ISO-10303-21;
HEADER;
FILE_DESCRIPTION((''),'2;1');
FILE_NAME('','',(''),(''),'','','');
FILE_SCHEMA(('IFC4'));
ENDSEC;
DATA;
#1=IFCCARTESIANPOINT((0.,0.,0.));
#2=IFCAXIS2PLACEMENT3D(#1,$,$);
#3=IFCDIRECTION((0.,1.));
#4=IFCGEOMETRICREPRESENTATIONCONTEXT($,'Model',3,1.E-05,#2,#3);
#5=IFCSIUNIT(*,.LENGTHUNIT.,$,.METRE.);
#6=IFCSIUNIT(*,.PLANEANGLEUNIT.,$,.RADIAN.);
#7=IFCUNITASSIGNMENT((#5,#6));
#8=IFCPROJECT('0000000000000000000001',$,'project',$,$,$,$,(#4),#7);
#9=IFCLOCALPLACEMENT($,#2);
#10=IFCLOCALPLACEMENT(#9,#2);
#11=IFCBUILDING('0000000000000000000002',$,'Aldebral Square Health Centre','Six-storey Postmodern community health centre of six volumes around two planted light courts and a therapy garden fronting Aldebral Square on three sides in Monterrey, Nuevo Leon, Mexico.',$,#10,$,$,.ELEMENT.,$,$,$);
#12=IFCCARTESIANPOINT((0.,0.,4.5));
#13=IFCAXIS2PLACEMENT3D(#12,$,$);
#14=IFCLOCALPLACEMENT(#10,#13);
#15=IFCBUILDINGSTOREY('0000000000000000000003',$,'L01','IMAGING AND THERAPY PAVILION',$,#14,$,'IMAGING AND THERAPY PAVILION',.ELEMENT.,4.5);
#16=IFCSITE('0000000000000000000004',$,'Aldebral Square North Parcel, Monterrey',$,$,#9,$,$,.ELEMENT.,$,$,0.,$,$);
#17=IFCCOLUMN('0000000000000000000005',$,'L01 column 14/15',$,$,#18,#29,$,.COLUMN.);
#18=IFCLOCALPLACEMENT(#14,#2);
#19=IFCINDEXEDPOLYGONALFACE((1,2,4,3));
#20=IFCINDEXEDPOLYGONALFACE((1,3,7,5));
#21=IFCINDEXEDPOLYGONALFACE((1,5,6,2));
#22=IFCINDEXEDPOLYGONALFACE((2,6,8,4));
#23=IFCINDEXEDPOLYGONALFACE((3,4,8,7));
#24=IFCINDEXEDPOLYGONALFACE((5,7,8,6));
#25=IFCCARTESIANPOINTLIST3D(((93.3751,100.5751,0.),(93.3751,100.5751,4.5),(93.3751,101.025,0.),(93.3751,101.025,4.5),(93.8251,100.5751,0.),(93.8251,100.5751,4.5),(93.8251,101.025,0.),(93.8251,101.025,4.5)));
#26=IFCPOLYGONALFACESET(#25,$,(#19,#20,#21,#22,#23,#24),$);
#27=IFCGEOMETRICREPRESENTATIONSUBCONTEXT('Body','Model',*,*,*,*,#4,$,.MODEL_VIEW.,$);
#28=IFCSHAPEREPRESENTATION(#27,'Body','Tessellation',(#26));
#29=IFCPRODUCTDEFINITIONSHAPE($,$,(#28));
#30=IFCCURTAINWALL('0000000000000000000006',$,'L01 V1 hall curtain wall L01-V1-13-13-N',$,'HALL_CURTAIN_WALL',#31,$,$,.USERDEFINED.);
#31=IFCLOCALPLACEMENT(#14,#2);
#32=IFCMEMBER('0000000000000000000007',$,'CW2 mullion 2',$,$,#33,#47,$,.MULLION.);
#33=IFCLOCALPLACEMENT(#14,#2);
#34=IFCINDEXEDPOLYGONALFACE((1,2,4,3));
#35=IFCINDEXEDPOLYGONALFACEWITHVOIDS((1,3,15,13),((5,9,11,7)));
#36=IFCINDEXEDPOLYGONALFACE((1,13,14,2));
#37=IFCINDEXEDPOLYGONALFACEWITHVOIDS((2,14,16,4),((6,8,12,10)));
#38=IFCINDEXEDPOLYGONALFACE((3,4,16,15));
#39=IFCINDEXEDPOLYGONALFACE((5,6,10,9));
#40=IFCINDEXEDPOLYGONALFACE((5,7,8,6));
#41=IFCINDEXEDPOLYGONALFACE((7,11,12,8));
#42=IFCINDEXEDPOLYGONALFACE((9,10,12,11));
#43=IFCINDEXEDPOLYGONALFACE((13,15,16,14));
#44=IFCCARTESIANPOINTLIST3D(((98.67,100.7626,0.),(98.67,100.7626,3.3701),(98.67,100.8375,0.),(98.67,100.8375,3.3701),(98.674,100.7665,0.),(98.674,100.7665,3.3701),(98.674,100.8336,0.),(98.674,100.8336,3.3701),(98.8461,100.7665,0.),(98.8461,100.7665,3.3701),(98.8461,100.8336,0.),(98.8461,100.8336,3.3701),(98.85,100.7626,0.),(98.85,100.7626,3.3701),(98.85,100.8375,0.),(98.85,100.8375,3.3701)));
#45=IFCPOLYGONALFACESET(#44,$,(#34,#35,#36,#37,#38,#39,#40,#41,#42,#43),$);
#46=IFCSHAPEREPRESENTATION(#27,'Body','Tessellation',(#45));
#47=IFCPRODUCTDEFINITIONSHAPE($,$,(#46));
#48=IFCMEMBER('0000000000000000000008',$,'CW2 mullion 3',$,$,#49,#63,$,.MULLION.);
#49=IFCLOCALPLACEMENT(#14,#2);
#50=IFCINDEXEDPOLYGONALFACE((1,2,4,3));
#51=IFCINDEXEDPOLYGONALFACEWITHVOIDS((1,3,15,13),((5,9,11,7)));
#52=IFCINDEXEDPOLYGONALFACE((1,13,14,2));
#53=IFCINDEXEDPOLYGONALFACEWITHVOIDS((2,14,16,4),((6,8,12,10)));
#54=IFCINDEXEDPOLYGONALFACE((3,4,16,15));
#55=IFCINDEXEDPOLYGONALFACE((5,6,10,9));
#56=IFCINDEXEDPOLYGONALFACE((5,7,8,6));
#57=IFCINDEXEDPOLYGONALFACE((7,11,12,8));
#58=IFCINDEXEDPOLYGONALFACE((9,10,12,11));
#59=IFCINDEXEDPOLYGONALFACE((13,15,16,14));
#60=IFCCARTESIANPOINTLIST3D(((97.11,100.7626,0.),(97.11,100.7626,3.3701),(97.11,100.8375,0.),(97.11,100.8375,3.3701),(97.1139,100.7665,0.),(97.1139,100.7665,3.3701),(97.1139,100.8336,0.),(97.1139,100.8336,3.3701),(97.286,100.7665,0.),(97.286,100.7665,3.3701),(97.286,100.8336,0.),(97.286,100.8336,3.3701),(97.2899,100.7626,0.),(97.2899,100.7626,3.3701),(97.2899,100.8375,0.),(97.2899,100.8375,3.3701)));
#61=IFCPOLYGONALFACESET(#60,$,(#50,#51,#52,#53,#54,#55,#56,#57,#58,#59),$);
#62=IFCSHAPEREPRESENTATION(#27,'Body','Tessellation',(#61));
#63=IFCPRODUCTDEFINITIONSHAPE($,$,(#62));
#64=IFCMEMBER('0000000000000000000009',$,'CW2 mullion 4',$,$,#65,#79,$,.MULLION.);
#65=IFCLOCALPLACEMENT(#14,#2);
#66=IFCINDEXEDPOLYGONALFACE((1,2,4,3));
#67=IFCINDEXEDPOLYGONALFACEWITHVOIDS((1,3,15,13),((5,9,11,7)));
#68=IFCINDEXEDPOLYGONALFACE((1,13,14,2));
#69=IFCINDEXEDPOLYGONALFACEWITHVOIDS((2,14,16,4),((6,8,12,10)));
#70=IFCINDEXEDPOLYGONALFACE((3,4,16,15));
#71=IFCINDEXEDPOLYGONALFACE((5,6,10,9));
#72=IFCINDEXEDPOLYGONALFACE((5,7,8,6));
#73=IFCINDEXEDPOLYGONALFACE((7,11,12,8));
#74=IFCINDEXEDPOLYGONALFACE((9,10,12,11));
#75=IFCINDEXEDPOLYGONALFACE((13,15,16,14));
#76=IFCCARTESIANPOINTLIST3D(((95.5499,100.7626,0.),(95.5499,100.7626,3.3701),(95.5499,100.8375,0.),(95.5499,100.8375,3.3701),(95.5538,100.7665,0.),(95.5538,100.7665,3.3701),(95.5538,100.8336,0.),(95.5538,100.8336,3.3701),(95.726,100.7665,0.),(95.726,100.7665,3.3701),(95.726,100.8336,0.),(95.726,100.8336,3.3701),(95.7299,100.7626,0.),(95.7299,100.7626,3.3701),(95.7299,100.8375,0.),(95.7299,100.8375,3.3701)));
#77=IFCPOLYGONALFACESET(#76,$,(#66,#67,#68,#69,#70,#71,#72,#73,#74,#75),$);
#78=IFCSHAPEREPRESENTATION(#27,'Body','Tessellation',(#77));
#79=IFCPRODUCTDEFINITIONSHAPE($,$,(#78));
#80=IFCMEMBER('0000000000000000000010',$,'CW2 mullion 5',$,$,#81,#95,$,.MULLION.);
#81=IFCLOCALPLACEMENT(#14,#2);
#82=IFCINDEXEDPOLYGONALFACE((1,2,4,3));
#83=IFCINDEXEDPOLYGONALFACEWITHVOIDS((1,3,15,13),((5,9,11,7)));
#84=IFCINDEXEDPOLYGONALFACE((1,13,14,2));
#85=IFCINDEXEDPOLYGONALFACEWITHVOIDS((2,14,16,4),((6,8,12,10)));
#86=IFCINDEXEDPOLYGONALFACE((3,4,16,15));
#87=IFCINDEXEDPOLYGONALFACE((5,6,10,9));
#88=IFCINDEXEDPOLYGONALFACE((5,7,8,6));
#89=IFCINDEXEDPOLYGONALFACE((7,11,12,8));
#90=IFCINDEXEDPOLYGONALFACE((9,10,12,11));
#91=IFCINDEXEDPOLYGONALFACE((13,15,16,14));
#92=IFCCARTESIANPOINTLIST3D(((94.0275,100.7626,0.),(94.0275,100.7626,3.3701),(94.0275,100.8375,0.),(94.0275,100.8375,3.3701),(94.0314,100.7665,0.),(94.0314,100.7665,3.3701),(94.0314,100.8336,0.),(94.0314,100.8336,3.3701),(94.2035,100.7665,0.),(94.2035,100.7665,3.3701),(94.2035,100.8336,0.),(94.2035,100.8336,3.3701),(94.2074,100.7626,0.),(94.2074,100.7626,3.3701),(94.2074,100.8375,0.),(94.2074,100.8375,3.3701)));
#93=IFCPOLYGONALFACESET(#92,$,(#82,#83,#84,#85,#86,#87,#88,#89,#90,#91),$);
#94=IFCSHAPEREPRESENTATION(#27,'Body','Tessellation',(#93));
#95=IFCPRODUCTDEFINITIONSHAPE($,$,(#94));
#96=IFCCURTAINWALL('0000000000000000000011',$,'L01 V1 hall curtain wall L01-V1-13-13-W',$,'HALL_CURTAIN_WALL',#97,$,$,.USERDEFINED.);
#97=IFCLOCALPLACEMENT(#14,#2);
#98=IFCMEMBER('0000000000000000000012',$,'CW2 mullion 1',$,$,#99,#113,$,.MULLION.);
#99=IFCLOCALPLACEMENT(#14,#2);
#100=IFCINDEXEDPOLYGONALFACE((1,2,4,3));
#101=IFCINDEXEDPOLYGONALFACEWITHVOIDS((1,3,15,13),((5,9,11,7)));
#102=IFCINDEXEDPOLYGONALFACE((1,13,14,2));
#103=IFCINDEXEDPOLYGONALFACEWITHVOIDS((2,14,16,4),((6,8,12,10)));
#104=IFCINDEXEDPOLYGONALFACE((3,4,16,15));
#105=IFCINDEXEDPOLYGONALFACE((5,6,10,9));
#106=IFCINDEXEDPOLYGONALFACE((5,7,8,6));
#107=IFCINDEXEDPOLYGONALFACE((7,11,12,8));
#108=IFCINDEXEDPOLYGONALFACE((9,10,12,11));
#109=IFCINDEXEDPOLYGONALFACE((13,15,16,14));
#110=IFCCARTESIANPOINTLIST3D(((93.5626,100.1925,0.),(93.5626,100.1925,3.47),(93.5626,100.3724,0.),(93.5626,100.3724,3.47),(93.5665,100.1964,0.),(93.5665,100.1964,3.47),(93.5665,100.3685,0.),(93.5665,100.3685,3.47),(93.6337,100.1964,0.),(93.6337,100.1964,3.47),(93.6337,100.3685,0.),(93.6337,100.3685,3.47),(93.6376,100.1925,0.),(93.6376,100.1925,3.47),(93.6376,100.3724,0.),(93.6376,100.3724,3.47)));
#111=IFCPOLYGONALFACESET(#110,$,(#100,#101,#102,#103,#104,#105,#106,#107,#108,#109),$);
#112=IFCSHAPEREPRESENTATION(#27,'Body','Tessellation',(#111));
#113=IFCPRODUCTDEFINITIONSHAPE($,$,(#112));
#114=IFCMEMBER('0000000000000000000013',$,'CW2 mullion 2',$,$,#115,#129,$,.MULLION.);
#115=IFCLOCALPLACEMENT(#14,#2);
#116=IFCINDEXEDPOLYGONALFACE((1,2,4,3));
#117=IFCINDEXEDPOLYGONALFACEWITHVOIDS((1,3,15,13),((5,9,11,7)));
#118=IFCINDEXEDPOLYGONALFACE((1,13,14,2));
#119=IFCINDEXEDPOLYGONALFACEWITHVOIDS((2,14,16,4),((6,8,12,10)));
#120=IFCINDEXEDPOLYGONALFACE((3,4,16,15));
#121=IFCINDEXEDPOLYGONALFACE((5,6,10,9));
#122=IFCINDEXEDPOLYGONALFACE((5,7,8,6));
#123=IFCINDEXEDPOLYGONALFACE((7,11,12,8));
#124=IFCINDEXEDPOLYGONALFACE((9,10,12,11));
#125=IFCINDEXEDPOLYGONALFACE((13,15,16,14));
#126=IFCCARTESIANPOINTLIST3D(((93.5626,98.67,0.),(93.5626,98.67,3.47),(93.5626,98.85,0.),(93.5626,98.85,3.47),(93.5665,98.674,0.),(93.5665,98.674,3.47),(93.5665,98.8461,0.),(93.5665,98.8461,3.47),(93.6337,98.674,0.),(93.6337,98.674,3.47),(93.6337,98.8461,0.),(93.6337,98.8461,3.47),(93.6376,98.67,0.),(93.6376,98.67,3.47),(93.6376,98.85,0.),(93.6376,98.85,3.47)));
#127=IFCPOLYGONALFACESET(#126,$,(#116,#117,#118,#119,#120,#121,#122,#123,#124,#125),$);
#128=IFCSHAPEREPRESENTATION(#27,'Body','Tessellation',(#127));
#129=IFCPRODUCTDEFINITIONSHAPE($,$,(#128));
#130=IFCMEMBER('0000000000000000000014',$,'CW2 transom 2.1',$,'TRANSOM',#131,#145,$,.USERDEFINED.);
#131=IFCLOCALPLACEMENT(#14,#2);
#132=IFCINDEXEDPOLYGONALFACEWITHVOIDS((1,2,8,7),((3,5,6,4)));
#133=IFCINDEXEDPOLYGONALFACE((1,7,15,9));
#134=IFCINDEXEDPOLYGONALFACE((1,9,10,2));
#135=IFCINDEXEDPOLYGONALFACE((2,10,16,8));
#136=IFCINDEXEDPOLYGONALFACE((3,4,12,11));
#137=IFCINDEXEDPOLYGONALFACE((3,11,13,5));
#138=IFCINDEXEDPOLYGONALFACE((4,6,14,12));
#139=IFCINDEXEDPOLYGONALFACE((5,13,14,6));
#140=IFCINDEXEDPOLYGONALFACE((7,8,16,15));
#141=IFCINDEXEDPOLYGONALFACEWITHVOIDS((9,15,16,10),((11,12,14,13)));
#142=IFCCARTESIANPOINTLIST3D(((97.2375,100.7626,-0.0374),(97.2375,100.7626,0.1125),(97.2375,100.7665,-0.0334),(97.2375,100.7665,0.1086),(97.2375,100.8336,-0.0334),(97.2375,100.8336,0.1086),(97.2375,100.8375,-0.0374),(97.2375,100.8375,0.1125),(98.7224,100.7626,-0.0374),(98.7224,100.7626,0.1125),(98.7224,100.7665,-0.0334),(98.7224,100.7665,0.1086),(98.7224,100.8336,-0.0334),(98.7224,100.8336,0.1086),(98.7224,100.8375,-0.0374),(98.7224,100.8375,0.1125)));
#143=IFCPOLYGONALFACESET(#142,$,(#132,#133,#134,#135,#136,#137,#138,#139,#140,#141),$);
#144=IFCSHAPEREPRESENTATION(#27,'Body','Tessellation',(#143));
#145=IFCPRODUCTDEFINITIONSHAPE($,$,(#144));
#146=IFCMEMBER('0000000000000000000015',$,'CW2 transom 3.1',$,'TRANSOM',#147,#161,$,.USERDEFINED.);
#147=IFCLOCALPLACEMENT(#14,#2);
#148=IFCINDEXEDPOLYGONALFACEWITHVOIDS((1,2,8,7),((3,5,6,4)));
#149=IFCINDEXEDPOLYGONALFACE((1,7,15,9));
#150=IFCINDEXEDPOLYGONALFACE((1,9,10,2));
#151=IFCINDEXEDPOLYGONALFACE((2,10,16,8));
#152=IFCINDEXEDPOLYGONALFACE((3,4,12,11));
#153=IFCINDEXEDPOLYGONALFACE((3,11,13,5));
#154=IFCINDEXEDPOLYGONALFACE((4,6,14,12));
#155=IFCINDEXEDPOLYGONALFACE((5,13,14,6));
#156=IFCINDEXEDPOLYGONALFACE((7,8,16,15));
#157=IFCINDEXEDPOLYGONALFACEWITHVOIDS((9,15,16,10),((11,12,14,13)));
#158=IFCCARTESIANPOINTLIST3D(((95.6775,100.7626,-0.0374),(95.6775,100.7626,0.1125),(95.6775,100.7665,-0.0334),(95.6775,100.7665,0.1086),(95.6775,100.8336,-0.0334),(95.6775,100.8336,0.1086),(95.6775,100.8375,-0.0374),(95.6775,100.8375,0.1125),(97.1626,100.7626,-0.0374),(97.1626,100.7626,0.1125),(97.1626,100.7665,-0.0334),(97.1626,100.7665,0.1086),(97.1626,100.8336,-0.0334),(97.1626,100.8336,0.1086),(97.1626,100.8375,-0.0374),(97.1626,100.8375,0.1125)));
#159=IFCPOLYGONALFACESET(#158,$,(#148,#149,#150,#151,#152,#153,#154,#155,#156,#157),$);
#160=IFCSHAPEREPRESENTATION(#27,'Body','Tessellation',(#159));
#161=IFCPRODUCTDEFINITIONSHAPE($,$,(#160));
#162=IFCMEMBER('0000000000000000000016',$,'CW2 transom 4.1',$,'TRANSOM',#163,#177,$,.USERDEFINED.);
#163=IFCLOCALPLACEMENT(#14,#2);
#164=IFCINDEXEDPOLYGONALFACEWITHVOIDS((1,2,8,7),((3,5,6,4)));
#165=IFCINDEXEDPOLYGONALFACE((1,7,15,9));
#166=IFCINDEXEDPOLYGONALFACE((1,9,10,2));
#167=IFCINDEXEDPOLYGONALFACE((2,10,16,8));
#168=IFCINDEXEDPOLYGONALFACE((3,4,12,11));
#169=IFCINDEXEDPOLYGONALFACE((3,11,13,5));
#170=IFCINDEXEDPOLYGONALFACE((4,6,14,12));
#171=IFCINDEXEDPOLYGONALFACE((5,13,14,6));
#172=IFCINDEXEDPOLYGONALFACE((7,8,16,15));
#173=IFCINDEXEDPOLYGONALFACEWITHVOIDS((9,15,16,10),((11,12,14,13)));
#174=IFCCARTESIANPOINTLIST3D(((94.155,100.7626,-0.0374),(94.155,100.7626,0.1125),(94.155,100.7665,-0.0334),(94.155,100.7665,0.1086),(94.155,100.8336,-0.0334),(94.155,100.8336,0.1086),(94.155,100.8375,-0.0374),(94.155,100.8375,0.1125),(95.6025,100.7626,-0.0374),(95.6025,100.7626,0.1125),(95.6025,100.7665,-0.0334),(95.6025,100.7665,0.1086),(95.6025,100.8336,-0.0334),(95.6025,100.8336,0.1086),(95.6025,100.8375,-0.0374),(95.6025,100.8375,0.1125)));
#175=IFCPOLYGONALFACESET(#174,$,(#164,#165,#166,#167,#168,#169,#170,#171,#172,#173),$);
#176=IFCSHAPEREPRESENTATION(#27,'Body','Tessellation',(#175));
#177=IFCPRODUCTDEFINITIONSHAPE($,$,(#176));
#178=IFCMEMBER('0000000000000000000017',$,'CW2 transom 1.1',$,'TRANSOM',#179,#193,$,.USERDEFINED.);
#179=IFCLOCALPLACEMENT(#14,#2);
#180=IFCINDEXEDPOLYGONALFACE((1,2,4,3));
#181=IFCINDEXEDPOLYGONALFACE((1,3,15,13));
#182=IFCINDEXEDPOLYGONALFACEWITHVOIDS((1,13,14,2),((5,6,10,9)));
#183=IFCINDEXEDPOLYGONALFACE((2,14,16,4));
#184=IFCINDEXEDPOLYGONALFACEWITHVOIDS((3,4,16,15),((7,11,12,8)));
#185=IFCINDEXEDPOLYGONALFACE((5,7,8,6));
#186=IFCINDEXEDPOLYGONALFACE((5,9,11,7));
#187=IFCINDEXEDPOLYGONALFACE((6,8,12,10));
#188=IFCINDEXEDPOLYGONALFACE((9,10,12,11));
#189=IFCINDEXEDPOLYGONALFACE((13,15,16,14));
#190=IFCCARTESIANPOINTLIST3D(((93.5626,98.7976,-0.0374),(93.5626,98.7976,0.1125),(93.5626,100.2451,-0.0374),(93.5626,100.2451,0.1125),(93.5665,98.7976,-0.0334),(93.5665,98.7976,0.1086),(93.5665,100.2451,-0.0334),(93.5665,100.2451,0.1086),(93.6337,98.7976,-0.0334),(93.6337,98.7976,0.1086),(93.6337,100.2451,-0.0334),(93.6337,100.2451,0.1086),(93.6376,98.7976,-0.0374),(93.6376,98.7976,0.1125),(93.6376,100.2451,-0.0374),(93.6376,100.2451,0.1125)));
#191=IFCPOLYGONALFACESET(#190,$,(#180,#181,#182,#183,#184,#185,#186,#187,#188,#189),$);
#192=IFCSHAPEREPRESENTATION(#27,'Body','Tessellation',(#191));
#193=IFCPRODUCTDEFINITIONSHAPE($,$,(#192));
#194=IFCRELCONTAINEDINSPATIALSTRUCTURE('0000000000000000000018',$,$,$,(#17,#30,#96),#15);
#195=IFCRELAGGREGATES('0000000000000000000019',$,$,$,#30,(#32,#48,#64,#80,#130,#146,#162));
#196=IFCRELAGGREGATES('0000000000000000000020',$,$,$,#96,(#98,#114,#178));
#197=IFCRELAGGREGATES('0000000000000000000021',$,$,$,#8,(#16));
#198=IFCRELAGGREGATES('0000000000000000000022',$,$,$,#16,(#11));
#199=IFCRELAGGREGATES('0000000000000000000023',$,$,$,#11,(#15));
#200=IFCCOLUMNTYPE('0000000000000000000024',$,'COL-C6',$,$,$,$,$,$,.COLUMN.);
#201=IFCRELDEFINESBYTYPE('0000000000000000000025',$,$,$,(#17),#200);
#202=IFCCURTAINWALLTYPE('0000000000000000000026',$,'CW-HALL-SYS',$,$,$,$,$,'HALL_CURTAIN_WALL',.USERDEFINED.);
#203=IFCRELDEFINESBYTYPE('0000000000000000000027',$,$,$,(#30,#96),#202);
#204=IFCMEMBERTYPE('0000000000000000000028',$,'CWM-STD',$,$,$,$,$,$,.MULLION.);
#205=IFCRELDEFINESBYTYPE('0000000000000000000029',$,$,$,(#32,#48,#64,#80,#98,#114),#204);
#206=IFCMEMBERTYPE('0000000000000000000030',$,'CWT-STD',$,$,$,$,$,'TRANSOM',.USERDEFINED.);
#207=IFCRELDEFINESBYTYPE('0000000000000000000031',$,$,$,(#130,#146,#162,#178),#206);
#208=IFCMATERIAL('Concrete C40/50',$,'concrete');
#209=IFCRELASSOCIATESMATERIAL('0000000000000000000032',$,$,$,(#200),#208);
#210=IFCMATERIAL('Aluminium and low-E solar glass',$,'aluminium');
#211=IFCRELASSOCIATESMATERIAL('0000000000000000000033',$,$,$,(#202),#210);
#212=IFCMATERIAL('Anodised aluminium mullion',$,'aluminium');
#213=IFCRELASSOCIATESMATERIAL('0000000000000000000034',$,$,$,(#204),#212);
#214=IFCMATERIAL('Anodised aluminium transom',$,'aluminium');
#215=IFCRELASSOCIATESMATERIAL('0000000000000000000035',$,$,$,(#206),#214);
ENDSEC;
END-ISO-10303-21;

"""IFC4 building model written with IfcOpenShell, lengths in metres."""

from ifc_helpers import new_model, si_unit, direction, frame, origin, origin_2d, place, context, subcontext, project, spatial, rectangle, hollow_rectangle, extrude, material, material_profile, profile_set, type_object, element, aggregate, save


model = new_model("IFC4")

# Units and contexts
model_context = context("Model", 3, precision=1e-05, world=origin(), true_north=direction((0.0, 1.0)))
body_context = subcontext(model_context, "Body", "Model", "MODEL_VIEW")
ifc_project = project(units=[si_unit("LENGTHUNIT", "METRE"), si_unit("PLANEANGLEUNIT", "RADIAN")], contexts=[model_context])

# Site, building, storey
site_placement = place(None, origin())
site = spatial("IfcSite", under=ifc_project, at=site_placement, Name="Aldebral Square North Parcel, Monterrey", CompositionType="ELEMENT", RefElevation=0.0)
building_placement = place(site_placement, origin())
building = spatial("IfcBuilding", under=site, at=building_placement, Name="Aldebral Square Health Centre", Description="Six-storey Postmodern community health centre of six volumes around two planted light courts and a therapy garden fronting Aldebral Square on three sides in Monterrey, Nuevo Leon, Mexico.", CompositionType="ELEMENT")
storey_placement = place(building_placement, frame((0.0, 0.0, 4.5)))
storey = spatial("IfcBuildingStorey", under=building, at=storey_placement, Name="L01", Description="IMAGING AND THERAPY PAVILION", LongName="IMAGING AND THERAPY PAVILION", CompositionType="ELEMENT", Elevation=4.5)

# Column
ifc_material_1 = material(Name="Concrete C40/50", Category="concrete")
ifc_material_profile_1 = material_profile(ifc_material_1, rectangle(XDim=0.45, YDim=0.45, at=origin_2d()), Name="RC 450x450")
ifc_profile_set_1 = profile_set([ifc_material_profile_1], Name="Concrete C40/50")
column_type = type_object("IfcColumnType", Name="COL-C6", PredefinedType="COLUMN", material=ifc_profile_set_1)
column_placement = place(storey_placement, frame((93.6001, 100.8, 0.0), z_axis=(0.0, 0.0, 1.0), x_axis=(1.0, 0.0, 0.0)))
element("IfcColumn", 1, at=column_placement, inside=storey, type_object=column_type, Name="L01 column 14/15", PredefinedType="COLUMN", context=body_context, shape_type="SweptSolid", body=[
    extrude(rectangle(XDim=0.45, YDim=0.45, at=origin_2d()), origin(), (0.0, 0.0, 1.0), 4.5),
])

# Curtain walls, members
ifc_material_2 = material(Name="Aluminium and low-E solar glass", Category="aluminium")
curtain_wall_type = type_object("IfcCurtainWallType", Name="CW-HALL-SYS", ElementType="HALL_CURTAIN_WALL", PredefinedType="USERDEFINED", material=ifc_material_2)
curtain_wall_1_placement = place(storey_placement, origin())
curtain_wall_1 = element("IfcCurtainWall", 2, at=curtain_wall_1_placement, inside=storey, type_object=curtain_wall_type, Name="L01 V1 hall curtain wall L01-V1-13-13-N", ObjectType="HALL_CURTAIN_WALL", PredefinedType="USERDEFINED")
ifc_material_3 = material(Name="Anodised aluminium mullion", Category="aluminium")
ifc_material_profile_2 = material_profile(ifc_material_3, hollow_rectangle(XDim=0.075, YDim=0.1799, WallThickness=0.0039, at=origin_2d()), Name="CWM 75x180x4")
ifc_profile_set_2 = profile_set([ifc_material_profile_2], Name="Anodised aluminium mullion")
member_type_1 = type_object("IfcMemberType", Name="CWM-STD", PredefinedType="MULLION", material=ifc_profile_set_2)
member_1_placement = place(storey_placement, frame((98.76, 100.8, 0.0), z_axis=(0.0, 0.0, 1.0), x_axis=(0.0, -1.0, 0.0)))
member_1 = element("IfcMember", 3, at=member_1_placement, type_object=member_type_1, Name="CW2 mullion 2", PredefinedType="MULLION", context=body_context, shape_type="SweptSolid", body=[
    extrude(hollow_rectangle(XDim=0.075, YDim=0.1799, WallThickness=0.0039, at=origin_2d()), origin(), (0.0, 0.0, 1.0), 3.3701),
])
member_2_placement = place(storey_placement, frame((97.2, 100.8, 0.0), z_axis=(0.0, 0.0, 1.0), x_axis=(0.0, -1.0, 0.0)))
member_2 = element("IfcMember", 4, at=member_2_placement, type_object=member_type_1, Name="CW2 mullion 3", PredefinedType="MULLION", context=body_context, shape_type="SweptSolid", body=[
    extrude(hollow_rectangle(XDim=0.075, YDim=0.1799, WallThickness=0.0039, at=origin_2d()), origin(), (0.0, 0.0, 1.0), 3.3701),
])
member_3_placement = place(storey_placement, frame((95.6399, 100.8, 0.0), z_axis=(0.0, 0.0, 1.0), x_axis=(0.0, -1.0, 0.0)))
member_3 = element("IfcMember", 5, at=member_3_placement, type_object=member_type_1, Name="CW2 mullion 4", PredefinedType="MULLION", context=body_context, shape_type="SweptSolid", body=[
    extrude(hollow_rectangle(XDim=0.075, YDim=0.1799, WallThickness=0.0039, at=origin_2d()), origin(), (0.0, 0.0, 1.0), 3.3701),
])
member_4_placement = place(storey_placement, frame((94.1174, 100.8, 0.0), z_axis=(0.0, 0.0, 1.0), x_axis=(0.0, -1.0, 0.0)))
member_4 = element("IfcMember", 6, at=member_4_placement, type_object=member_type_1, Name="CW2 mullion 5", PredefinedType="MULLION", context=body_context, shape_type="SweptSolid", body=[
    extrude(hollow_rectangle(XDim=0.075, YDim=0.1799, WallThickness=0.0039, at=origin_2d()), origin(), (0.0, 0.0, 1.0), 3.3701),
])
curtain_wall_2_placement = place(storey_placement, origin())
curtain_wall_2 = element("IfcCurtainWall", 7, at=curtain_wall_2_placement, inside=storey, type_object=curtain_wall_type, Name="L01 V1 hall curtain wall L01-V1-13-13-W", ObjectType="HALL_CURTAIN_WALL", PredefinedType="USERDEFINED")
member_5_placement = place(storey_placement, frame((93.6001, 100.2825, 0.0), z_axis=(0.0, 0.0, 1.0), x_axis=(1.0, 0.0, 0.0)))
member_5 = element("IfcMember", 8, at=member_5_placement, type_object=member_type_1, Name="CW2 mullion 1", PredefinedType="MULLION", context=body_context, shape_type="SweptSolid", body=[
    extrude(hollow_rectangle(XDim=0.075, YDim=0.1799, WallThickness=0.0039, at=origin_2d()), origin(), (0.0, 0.0, 1.0), 3.47),
])
member_6_placement = place(storey_placement, frame((93.6001, 98.76, 0.0), z_axis=(0.0, 0.0, 1.0), x_axis=(1.0, 0.0, 0.0)))
member_6 = element("IfcMember", 9, at=member_6_placement, type_object=member_type_1, Name="CW2 mullion 2", PredefinedType="MULLION", context=body_context, shape_type="SweptSolid", body=[
    extrude(hollow_rectangle(XDim=0.075, YDim=0.1799, WallThickness=0.0039, at=origin_2d()), origin(), (0.0, 0.0, 1.0), 3.47),
])

# Members
ifc_material_4 = material(Name="Anodised aluminium transom", Category="aluminium")
ifc_material_profile_3 = material_profile(ifc_material_4, hollow_rectangle(XDim=0.075, YDim=0.1499, WallThickness=0.0039, at=origin_2d()), Name="CWT 75x150x4")
ifc_profile_set_3 = profile_set([ifc_material_profile_3], Name="Anodised aluminium transom")
member_type_2 = type_object("IfcMemberType", Name="CWT-STD", ElementType="TRANSOM", PredefinedType="USERDEFINED", material=ifc_profile_set_3)
member_7_placement = place(storey_placement, frame((98.7224, 100.8, 0.0376), z_axis=(-1.0, 0.0, 0.0), x_axis=(0.0, -1.0, 0.0)))
member_7 = element("IfcMember", 10, at=member_7_placement, type_object=member_type_2, Name="CW2 transom 2.1", ObjectType="TRANSOM", PredefinedType="USERDEFINED", context=body_context, shape_type="SweptSolid", body=[
    extrude(hollow_rectangle(XDim=0.075, YDim=0.1499, WallThickness=0.0039, at=origin_2d()), origin(), (0.0, 0.0, 1.0), 1.4849),
])
member_8_placement = place(storey_placement, frame((97.1626, 100.8, 0.0376), z_axis=(-1.0, 0.0, 0.0), x_axis=(0.0, -1.0, 0.0)))
member_8 = element("IfcMember", 11, at=member_8_placement, type_object=member_type_2, Name="CW2 transom 3.1", ObjectType="TRANSOM", PredefinedType="USERDEFINED", context=body_context, shape_type="SweptSolid", body=[
    extrude(hollow_rectangle(XDim=0.075, YDim=0.1499, WallThickness=0.0039, at=origin_2d()), origin(), (0.0, 0.0, 1.0), 1.4851),
])
member_9_placement = place(storey_placement, frame((95.6025, 100.8, 0.0376), z_axis=(-1.0, 0.0, 0.0), x_axis=(0.0, -1.0, 0.0)))
member_9 = element("IfcMember", 12, at=member_9_placement, type_object=member_type_2, Name="CW2 transom 4.1", ObjectType="TRANSOM", PredefinedType="USERDEFINED", context=body_context, shape_type="SweptSolid", body=[
    extrude(hollow_rectangle(XDim=0.075, YDim=0.1499, WallThickness=0.0039, at=origin_2d()), origin(), (0.0, 0.0, 1.0), 1.4475),
])
member_10_placement = place(storey_placement, frame((93.6001, 100.2451, 0.0376), z_axis=(0.0, -1.0, 0.0), x_axis=(1.0, 0.0, 0.0)))
member_10 = element("IfcMember", 13, at=member_10_placement, type_object=member_type_2, Name="CW2 transom 1.1", ObjectType="TRANSOM", PredefinedType="USERDEFINED", context=body_context, shape_type="SweptSolid", body=[
    extrude(hollow_rectangle(XDim=0.075, YDim=0.1499, WallThickness=0.0039, at=origin_2d()), origin(), (0.0, 0.0, 1.0), 1.4475),
])

aggregate(curtain_wall_1, [member_1, member_2, member_3, member_4, member_7, member_8, member_9])
aggregate(curtain_wall_2, [member_5, member_6, member_10])

save(model, "model.ifc")
